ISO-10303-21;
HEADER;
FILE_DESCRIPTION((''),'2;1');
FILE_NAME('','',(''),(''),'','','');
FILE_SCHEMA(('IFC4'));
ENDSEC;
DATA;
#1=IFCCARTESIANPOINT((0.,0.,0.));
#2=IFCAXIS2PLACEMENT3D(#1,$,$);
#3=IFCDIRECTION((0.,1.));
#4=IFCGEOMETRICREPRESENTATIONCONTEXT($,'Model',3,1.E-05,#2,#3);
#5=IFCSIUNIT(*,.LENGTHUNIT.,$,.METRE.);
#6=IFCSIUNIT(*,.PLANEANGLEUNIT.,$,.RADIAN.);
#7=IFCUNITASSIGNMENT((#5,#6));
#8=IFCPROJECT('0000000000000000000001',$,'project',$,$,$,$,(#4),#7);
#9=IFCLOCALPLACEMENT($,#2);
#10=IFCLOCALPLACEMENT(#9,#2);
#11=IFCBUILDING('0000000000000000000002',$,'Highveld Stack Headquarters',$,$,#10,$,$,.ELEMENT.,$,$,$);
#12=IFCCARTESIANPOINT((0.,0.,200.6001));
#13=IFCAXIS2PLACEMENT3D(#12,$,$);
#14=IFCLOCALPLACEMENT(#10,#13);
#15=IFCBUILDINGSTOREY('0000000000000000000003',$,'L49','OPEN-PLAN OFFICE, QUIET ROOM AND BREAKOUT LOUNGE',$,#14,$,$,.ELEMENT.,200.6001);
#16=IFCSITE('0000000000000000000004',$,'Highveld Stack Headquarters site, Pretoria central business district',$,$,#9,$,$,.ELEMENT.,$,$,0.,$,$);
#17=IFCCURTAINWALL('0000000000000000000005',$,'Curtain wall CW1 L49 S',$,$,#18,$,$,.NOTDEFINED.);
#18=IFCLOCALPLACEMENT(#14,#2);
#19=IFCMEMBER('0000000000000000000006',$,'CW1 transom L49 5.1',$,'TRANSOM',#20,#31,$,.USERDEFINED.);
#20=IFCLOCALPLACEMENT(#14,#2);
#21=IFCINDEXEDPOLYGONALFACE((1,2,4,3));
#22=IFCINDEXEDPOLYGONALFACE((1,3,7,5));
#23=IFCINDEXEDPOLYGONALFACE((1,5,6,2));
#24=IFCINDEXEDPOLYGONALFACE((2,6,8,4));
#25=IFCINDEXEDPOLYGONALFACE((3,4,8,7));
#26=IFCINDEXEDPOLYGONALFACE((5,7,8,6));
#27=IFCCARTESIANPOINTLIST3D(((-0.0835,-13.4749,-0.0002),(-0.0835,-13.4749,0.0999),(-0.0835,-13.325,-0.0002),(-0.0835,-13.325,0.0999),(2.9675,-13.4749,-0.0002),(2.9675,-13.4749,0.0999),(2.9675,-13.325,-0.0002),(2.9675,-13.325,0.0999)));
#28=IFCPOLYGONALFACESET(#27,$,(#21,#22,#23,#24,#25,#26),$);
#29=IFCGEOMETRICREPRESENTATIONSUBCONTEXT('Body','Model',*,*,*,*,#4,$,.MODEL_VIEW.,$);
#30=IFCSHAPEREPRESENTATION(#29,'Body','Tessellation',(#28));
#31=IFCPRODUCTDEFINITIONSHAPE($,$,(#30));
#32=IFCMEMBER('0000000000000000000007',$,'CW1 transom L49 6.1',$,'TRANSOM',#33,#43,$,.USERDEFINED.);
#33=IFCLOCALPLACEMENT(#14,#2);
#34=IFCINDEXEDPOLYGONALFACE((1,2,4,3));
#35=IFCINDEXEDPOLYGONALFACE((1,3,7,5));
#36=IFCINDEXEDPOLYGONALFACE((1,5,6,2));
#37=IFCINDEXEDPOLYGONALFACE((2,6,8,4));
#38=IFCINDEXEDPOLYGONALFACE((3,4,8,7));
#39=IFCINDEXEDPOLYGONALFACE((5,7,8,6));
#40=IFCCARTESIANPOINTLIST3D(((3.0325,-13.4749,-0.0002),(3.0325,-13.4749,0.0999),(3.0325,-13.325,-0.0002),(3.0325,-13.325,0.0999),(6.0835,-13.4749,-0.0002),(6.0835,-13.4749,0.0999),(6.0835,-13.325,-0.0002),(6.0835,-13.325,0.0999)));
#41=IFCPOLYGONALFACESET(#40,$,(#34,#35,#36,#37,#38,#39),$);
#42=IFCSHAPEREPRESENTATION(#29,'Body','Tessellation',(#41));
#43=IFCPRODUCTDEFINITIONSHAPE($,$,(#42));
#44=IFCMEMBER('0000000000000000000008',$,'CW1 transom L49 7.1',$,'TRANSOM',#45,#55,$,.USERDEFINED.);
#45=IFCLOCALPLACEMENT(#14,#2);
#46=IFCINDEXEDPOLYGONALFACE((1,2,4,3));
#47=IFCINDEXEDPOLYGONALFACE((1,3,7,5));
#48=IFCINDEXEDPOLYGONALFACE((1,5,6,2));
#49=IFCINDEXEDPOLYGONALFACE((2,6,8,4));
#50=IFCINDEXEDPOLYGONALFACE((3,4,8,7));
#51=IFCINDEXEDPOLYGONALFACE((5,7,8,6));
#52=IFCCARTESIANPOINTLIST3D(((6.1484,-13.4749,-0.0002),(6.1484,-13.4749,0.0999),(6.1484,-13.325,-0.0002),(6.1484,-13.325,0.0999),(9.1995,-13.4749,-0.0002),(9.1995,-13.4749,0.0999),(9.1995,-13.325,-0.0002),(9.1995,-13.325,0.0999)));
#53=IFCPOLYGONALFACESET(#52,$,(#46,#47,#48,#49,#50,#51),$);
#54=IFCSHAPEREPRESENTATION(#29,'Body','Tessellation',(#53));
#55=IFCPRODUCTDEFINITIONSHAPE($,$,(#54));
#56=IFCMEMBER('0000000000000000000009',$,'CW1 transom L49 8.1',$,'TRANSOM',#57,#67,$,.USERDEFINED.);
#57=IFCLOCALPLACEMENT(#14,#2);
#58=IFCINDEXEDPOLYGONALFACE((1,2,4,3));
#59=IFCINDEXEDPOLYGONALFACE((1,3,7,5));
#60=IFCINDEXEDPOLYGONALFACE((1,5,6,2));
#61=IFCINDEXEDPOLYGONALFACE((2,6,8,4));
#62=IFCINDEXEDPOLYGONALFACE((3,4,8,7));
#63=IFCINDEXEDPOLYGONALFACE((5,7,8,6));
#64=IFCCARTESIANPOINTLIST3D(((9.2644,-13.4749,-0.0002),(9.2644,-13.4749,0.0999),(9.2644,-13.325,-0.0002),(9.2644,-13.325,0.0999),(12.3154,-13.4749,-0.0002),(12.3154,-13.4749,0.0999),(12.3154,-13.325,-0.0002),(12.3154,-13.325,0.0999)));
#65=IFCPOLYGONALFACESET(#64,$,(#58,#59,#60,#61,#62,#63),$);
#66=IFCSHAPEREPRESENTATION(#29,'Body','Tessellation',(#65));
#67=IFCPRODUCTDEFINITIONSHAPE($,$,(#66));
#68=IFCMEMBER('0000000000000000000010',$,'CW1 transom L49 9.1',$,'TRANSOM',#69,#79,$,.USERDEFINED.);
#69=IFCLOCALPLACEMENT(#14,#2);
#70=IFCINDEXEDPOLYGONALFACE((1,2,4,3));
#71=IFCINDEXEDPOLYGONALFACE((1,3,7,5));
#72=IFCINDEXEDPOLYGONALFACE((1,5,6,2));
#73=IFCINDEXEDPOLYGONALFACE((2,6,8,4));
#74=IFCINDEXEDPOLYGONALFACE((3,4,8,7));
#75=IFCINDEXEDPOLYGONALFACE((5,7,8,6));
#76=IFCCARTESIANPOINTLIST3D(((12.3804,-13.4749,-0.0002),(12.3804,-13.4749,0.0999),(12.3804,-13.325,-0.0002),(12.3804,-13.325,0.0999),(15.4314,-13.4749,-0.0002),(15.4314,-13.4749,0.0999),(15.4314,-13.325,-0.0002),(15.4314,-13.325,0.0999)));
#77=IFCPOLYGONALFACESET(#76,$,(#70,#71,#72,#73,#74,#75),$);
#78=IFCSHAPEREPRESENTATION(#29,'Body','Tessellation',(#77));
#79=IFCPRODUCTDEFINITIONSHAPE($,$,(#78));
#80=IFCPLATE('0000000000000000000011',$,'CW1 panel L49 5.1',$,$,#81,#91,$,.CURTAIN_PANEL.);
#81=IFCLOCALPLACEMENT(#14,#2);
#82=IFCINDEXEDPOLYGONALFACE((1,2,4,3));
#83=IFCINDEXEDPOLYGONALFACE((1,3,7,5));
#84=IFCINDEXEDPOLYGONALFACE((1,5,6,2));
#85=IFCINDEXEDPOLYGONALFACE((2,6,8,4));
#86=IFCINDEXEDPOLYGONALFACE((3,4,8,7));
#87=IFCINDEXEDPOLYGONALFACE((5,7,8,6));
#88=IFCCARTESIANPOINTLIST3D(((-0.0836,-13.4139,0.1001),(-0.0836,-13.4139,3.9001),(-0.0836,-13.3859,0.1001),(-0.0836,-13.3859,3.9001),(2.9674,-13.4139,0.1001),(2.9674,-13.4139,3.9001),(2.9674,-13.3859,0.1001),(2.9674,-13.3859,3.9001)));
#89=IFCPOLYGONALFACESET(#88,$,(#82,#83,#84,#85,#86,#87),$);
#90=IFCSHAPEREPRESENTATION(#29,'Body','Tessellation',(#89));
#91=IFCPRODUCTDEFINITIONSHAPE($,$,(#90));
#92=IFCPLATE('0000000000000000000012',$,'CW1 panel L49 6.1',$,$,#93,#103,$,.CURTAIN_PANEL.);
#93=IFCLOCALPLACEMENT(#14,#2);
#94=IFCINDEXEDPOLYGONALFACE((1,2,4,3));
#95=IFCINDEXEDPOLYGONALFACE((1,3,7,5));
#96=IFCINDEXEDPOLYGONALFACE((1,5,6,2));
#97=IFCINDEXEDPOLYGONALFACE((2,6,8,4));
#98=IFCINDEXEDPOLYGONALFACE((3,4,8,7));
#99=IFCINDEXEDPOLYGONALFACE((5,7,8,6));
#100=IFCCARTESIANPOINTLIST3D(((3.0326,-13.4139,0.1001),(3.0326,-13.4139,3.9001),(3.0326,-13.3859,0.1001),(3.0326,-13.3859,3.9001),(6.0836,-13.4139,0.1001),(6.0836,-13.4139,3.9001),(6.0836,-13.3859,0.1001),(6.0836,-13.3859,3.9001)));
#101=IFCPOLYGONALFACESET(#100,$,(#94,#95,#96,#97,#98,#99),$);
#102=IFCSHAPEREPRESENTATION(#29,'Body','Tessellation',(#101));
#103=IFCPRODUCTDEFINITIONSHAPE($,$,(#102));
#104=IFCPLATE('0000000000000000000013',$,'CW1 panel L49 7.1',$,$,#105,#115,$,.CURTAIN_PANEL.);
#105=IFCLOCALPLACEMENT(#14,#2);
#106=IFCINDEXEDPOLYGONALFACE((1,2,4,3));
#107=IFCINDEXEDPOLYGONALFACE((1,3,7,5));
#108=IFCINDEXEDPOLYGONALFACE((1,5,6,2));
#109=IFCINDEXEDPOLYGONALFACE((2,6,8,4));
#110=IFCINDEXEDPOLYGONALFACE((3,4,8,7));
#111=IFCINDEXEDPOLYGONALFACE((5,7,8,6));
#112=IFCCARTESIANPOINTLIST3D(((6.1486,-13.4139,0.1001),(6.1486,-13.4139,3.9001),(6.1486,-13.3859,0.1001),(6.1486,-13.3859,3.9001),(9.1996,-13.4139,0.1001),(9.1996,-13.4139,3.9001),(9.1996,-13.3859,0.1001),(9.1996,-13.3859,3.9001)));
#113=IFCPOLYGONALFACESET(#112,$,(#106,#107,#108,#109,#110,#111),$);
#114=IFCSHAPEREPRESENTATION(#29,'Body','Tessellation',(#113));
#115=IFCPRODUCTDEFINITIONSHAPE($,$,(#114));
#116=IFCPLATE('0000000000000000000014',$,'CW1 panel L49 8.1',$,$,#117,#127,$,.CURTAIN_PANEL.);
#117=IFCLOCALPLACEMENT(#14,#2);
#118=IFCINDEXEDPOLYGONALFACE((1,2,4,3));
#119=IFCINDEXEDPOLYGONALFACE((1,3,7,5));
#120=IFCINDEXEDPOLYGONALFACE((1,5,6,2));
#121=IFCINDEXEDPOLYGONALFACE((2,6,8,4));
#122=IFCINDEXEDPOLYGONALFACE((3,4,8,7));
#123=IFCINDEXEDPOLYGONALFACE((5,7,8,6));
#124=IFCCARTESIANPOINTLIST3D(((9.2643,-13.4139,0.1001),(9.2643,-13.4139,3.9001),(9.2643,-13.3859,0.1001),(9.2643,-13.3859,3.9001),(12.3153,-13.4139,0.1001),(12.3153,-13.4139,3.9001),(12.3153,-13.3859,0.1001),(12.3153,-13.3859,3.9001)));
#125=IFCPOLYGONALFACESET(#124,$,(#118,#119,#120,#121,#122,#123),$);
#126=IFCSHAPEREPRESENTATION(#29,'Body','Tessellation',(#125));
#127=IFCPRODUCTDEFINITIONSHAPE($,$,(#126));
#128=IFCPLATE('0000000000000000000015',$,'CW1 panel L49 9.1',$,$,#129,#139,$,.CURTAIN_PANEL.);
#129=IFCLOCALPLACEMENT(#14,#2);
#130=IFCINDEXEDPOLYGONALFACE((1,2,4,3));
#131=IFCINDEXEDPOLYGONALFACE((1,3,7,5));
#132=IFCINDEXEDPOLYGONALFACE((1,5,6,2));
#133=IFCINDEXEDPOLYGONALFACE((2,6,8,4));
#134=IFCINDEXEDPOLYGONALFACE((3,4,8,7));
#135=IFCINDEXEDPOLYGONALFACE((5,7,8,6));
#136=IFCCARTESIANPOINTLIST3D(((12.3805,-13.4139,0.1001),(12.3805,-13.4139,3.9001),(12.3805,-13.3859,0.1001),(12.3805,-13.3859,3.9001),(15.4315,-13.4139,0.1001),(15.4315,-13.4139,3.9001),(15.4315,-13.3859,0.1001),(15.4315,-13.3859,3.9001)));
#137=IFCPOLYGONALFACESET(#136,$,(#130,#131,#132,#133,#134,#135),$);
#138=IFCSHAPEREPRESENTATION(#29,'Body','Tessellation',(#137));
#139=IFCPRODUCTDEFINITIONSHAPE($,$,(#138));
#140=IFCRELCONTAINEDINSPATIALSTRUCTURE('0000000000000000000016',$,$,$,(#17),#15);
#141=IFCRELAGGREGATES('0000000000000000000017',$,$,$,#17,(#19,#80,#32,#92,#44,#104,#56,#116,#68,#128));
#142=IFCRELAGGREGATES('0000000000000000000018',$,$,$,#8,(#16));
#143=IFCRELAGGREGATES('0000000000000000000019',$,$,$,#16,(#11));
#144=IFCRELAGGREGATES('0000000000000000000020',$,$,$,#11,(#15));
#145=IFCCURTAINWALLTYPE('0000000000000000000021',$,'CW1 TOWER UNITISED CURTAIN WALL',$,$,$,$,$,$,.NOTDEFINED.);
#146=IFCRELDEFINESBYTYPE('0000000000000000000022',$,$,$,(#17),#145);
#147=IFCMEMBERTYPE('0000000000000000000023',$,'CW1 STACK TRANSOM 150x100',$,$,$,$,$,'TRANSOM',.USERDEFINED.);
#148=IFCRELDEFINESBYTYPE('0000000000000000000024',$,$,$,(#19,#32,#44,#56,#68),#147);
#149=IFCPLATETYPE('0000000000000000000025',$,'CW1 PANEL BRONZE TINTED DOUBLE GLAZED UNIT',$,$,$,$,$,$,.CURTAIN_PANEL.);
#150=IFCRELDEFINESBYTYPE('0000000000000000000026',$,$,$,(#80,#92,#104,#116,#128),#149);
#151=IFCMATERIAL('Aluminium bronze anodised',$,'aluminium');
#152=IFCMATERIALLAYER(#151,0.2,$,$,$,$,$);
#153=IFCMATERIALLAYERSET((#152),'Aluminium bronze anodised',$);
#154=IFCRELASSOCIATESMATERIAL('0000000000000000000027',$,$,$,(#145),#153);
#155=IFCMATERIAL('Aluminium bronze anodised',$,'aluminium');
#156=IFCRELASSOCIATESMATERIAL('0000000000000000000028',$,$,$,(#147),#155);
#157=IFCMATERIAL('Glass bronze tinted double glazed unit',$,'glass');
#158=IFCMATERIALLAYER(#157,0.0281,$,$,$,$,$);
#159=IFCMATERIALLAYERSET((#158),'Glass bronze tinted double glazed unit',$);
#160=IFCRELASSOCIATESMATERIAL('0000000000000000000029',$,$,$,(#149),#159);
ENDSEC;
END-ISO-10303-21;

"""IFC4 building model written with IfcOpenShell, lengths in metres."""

from ifc_helpers import new_model, si_unit, direction, frame, origin, origin_2d, place, context, subcontext, project, spatial, rectangle, extrude, material, layer, layer_set, material_profile, profile_set, type_object, element, aggregate, save


model = new_model("IFC4")

# Units and contexts
model_context = context("Model", 3, precision=1e-05, world=origin(), true_north=direction((0.0, 1.0)))
body_context = subcontext(model_context, "Body", "Model", "MODEL_VIEW")
ifc_project = project(units=[si_unit("LENGTHUNIT", "METRE"), si_unit("PLANEANGLEUNIT", "RADIAN")], contexts=[model_context])

# Site, building, storey
site_placement = place(None, origin())
site = spatial("IfcSite", under=ifc_project, at=site_placement, Name="Highveld Stack Headquarters site, Pretoria central business district", CompositionType="ELEMENT", RefElevation=0.0)
building_placement = place(site_placement, origin())
building = spatial("IfcBuilding", under=site, at=building_placement, Name="Highveld Stack Headquarters", CompositionType="ELEMENT")
storey_placement = place(building_placement, frame((0.0, 0.0, 200.6001)))
storey = spatial("IfcBuildingStorey", under=building, at=storey_placement, Name="L49", Description="OPEN-PLAN OFFICE, QUIET ROOM AND BREAKOUT LOUNGE", CompositionType="ELEMENT", Elevation=200.6001)

# Curtain wall, members, plates
ifc_material_1 = material(Name="Aluminium bronze anodised", Category="aluminium")
ifc_layer_1 = layer(ifc_material_1, 0.2)
ifc_layer_set_1 = layer_set([ifc_layer_1], Name="Aluminium bronze anodised")
curtain_wall_type = type_object("IfcCurtainWallType", Name="CW1 TOWER UNITISED CURTAIN WALL", PredefinedType="NOTDEFINED", material=ifc_layer_set_1)
curtain_wall_placement = place(storey_placement, origin())
curtain_wall = element("IfcCurtainWall", 1, at=curtain_wall_placement, inside=storey, type_object=curtain_wall_type, Name="Curtain wall CW1 L49 S", PredefinedType="NOTDEFINED")
ifc_material_2 = material(Name="Aluminium bronze anodised", Category="aluminium")
ifc_material_profile_1 = material_profile(ifc_material_2, rectangle(XDim=0.1499, YDim=0.1001, at=origin_2d()), Name="CW1 TRANSOM 150x100")
ifc_profile_set_1 = profile_set([ifc_material_profile_1], Name="Aluminium bronze anodised")
member_type_1 = type_object("IfcMemberType", Name="CW1 STACK TRANSOM 150x100", ElementType="TRANSOM", PredefinedType="USERDEFINED", material=ifc_profile_set_1)
member_1_placement = place(storey_placement, frame((-0.0835, -13.3999, 0.0498), z_axis=(1.0, 0.0, 0.0), x_axis=(0.0, 1.0, 0.0)))
member_1 = element("IfcMember", 2, at=member_1_placement, type_object=member_type_1, Name="CW1 transom L49 5.1", ObjectType="TRANSOM", PredefinedType="USERDEFINED", context=body_context, shape_type="SweptSolid", body=[
    extrude(rectangle(XDim=0.1499, YDim=0.1001, at=origin_2d()), origin(), (0.0, 0.0, 1.0), 3.051),
])
member_2_placement = place(storey_placement, frame((3.0325, -13.3999, 0.0498), z_axis=(1.0, 0.0, 0.0), x_axis=(0.0, 1.0, 0.0)))
member_2 = element("IfcMember", 3, at=member_2_placement, type_object=member_type_1, Name="CW1 transom L49 6.1", ObjectType="TRANSOM", PredefinedType="USERDEFINED", context=body_context, shape_type="SweptSolid", body=[
    extrude(rectangle(XDim=0.1499, YDim=0.1001, at=origin_2d()), origin(), (0.0, 0.0, 1.0), 3.051),
])
member_3_placement = place(storey_placement, frame((6.1484, -13.3999, 0.0498), z_axis=(1.0, 0.0, 0.0), x_axis=(0.0, 1.0, 0.0)))
member_3 = element("IfcMember", 4, at=member_3_placement, type_object=member_type_1, Name="CW1 transom L49 7.1", ObjectType="TRANSOM", PredefinedType="USERDEFINED", context=body_context, shape_type="SweptSolid", body=[
    extrude(rectangle(XDim=0.1499, YDim=0.1001, at=origin_2d()), origin(), (0.0, 0.0, 1.0), 3.051),
])
member_4_placement = place(storey_placement, frame((9.2644, -13.3999, 0.0498), z_axis=(1.0, 0.0, 0.0), x_axis=(0.0, 1.0, 0.0)))
member_4 = element("IfcMember", 5, at=member_4_placement, type_object=member_type_1, Name="CW1 transom L49 8.1", ObjectType="TRANSOM", PredefinedType="USERDEFINED", context=body_context, shape_type="SweptSolid", body=[
    extrude(rectangle(XDim=0.1499, YDim=0.1001, at=origin_2d()), origin(), (0.0, 0.0, 1.0), 3.051),
])
member_5_placement = place(storey_placement, frame((12.3804, -13.3999, 0.0498), z_axis=(1.0, 0.0, 0.0), x_axis=(0.0, 1.0, 0.0)))
member_5 = element("IfcMember", 6, at=member_5_placement, type_object=member_type_1, Name="CW1 transom L49 9.1", ObjectType="TRANSOM", PredefinedType="USERDEFINED", context=body_context, shape_type="SweptSolid", body=[
    extrude(rectangle(XDim=0.1499, YDim=0.1001, at=origin_2d()), origin(), (0.0, 0.0, 1.0), 3.051),
])
ifc_material_3 = material(Name="Glass bronze tinted double glazed unit", Category="glass")
ifc_layer_2 = layer(ifc_material_3, 0.0281)
ifc_layer_set_2 = layer_set([ifc_layer_2], Name="Glass bronze tinted double glazed unit")
plate_type = type_object("IfcPlateType", Name="CW1 PANEL BRONZE TINTED DOUBLE GLAZED UNIT", PredefinedType="CURTAIN_PANEL", material=ifc_layer_set_2)
plate_1_placement = place(storey_placement, frame((1.4419, -13.3999, 0.1001), z_axis=(0.0, 0.0, 1.0), x_axis=(1.0, 0.0, 0.0)))
plate_1 = element("IfcPlate", 7, at=plate_1_placement, type_object=plate_type, Name="CW1 panel L49 5.1", PredefinedType="CURTAIN_PANEL", context=body_context, shape_type="SweptSolid", body=[
    extrude(rectangle(XDim=3.051, YDim=0.0281, at=origin_2d()), origin(), (0.0, 0.0, 1.0), 3.8),
])
plate_2_placement = place(storey_placement, frame((4.5581, -13.3999, 0.1001), z_axis=(0.0, 0.0, 1.0), x_axis=(1.0, 0.0, 0.0)))
plate_2 = element("IfcPlate", 8, at=plate_2_placement, type_object=plate_type, Name="CW1 panel L49 6.1", PredefinedType="CURTAIN_PANEL", context=body_context, shape_type="SweptSolid", body=[
    extrude(rectangle(XDim=3.051, YDim=0.0281, at=origin_2d()), origin(), (0.0, 0.0, 1.0), 3.8),
])
plate_3_placement = place(storey_placement, frame((7.6741, -13.3999, 0.1001), z_axis=(0.0, 0.0, 1.0), x_axis=(1.0, 0.0, 0.0)))
plate_3 = element("IfcPlate", 9, at=plate_3_placement, type_object=plate_type, Name="CW1 panel L49 7.1", PredefinedType="CURTAIN_PANEL", context=body_context, shape_type="SweptSolid", body=[
    extrude(rectangle(XDim=3.051, YDim=0.0281, at=origin_2d()), origin(), (0.0, 0.0, 1.0), 3.8),
])
plate_4_placement = place(storey_placement, frame((10.7898, -13.3999, 0.1001), z_axis=(0.0, 0.0, 1.0), x_axis=(1.0, 0.0, 0.0)))
plate_4 = element("IfcPlate", 10, at=plate_4_placement, type_object=plate_type, Name="CW1 panel L49 8.1", PredefinedType="CURTAIN_PANEL", context=body_context, shape_type="SweptSolid", body=[
    extrude(rectangle(XDim=3.051, YDim=0.0281, at=origin_2d()), origin(), (0.0, 0.0, 1.0), 3.8),
])
plate_5_placement = place(storey_placement, frame((13.906, -13.3999, 0.1001), z_axis=(0.0, 0.0, 1.0), x_axis=(1.0, 0.0, 0.0)))
plate_5 = element("IfcPlate", 11, at=plate_5_placement, type_object=plate_type, Name="CW1 panel L49 9.1", PredefinedType="CURTAIN_PANEL", context=body_context, shape_type="SweptSolid", body=[
    extrude(rectangle(XDim=3.051, YDim=0.0281, at=origin_2d()), origin(), (0.0, 0.0, 1.0), 3.8),
])
aggregate(curtain_wall, [member_1, plate_1, member_2, plate_2, member_3, plate_3, member_4, plate_4, member_5, plate_5])

save(model, "model.ifc")
